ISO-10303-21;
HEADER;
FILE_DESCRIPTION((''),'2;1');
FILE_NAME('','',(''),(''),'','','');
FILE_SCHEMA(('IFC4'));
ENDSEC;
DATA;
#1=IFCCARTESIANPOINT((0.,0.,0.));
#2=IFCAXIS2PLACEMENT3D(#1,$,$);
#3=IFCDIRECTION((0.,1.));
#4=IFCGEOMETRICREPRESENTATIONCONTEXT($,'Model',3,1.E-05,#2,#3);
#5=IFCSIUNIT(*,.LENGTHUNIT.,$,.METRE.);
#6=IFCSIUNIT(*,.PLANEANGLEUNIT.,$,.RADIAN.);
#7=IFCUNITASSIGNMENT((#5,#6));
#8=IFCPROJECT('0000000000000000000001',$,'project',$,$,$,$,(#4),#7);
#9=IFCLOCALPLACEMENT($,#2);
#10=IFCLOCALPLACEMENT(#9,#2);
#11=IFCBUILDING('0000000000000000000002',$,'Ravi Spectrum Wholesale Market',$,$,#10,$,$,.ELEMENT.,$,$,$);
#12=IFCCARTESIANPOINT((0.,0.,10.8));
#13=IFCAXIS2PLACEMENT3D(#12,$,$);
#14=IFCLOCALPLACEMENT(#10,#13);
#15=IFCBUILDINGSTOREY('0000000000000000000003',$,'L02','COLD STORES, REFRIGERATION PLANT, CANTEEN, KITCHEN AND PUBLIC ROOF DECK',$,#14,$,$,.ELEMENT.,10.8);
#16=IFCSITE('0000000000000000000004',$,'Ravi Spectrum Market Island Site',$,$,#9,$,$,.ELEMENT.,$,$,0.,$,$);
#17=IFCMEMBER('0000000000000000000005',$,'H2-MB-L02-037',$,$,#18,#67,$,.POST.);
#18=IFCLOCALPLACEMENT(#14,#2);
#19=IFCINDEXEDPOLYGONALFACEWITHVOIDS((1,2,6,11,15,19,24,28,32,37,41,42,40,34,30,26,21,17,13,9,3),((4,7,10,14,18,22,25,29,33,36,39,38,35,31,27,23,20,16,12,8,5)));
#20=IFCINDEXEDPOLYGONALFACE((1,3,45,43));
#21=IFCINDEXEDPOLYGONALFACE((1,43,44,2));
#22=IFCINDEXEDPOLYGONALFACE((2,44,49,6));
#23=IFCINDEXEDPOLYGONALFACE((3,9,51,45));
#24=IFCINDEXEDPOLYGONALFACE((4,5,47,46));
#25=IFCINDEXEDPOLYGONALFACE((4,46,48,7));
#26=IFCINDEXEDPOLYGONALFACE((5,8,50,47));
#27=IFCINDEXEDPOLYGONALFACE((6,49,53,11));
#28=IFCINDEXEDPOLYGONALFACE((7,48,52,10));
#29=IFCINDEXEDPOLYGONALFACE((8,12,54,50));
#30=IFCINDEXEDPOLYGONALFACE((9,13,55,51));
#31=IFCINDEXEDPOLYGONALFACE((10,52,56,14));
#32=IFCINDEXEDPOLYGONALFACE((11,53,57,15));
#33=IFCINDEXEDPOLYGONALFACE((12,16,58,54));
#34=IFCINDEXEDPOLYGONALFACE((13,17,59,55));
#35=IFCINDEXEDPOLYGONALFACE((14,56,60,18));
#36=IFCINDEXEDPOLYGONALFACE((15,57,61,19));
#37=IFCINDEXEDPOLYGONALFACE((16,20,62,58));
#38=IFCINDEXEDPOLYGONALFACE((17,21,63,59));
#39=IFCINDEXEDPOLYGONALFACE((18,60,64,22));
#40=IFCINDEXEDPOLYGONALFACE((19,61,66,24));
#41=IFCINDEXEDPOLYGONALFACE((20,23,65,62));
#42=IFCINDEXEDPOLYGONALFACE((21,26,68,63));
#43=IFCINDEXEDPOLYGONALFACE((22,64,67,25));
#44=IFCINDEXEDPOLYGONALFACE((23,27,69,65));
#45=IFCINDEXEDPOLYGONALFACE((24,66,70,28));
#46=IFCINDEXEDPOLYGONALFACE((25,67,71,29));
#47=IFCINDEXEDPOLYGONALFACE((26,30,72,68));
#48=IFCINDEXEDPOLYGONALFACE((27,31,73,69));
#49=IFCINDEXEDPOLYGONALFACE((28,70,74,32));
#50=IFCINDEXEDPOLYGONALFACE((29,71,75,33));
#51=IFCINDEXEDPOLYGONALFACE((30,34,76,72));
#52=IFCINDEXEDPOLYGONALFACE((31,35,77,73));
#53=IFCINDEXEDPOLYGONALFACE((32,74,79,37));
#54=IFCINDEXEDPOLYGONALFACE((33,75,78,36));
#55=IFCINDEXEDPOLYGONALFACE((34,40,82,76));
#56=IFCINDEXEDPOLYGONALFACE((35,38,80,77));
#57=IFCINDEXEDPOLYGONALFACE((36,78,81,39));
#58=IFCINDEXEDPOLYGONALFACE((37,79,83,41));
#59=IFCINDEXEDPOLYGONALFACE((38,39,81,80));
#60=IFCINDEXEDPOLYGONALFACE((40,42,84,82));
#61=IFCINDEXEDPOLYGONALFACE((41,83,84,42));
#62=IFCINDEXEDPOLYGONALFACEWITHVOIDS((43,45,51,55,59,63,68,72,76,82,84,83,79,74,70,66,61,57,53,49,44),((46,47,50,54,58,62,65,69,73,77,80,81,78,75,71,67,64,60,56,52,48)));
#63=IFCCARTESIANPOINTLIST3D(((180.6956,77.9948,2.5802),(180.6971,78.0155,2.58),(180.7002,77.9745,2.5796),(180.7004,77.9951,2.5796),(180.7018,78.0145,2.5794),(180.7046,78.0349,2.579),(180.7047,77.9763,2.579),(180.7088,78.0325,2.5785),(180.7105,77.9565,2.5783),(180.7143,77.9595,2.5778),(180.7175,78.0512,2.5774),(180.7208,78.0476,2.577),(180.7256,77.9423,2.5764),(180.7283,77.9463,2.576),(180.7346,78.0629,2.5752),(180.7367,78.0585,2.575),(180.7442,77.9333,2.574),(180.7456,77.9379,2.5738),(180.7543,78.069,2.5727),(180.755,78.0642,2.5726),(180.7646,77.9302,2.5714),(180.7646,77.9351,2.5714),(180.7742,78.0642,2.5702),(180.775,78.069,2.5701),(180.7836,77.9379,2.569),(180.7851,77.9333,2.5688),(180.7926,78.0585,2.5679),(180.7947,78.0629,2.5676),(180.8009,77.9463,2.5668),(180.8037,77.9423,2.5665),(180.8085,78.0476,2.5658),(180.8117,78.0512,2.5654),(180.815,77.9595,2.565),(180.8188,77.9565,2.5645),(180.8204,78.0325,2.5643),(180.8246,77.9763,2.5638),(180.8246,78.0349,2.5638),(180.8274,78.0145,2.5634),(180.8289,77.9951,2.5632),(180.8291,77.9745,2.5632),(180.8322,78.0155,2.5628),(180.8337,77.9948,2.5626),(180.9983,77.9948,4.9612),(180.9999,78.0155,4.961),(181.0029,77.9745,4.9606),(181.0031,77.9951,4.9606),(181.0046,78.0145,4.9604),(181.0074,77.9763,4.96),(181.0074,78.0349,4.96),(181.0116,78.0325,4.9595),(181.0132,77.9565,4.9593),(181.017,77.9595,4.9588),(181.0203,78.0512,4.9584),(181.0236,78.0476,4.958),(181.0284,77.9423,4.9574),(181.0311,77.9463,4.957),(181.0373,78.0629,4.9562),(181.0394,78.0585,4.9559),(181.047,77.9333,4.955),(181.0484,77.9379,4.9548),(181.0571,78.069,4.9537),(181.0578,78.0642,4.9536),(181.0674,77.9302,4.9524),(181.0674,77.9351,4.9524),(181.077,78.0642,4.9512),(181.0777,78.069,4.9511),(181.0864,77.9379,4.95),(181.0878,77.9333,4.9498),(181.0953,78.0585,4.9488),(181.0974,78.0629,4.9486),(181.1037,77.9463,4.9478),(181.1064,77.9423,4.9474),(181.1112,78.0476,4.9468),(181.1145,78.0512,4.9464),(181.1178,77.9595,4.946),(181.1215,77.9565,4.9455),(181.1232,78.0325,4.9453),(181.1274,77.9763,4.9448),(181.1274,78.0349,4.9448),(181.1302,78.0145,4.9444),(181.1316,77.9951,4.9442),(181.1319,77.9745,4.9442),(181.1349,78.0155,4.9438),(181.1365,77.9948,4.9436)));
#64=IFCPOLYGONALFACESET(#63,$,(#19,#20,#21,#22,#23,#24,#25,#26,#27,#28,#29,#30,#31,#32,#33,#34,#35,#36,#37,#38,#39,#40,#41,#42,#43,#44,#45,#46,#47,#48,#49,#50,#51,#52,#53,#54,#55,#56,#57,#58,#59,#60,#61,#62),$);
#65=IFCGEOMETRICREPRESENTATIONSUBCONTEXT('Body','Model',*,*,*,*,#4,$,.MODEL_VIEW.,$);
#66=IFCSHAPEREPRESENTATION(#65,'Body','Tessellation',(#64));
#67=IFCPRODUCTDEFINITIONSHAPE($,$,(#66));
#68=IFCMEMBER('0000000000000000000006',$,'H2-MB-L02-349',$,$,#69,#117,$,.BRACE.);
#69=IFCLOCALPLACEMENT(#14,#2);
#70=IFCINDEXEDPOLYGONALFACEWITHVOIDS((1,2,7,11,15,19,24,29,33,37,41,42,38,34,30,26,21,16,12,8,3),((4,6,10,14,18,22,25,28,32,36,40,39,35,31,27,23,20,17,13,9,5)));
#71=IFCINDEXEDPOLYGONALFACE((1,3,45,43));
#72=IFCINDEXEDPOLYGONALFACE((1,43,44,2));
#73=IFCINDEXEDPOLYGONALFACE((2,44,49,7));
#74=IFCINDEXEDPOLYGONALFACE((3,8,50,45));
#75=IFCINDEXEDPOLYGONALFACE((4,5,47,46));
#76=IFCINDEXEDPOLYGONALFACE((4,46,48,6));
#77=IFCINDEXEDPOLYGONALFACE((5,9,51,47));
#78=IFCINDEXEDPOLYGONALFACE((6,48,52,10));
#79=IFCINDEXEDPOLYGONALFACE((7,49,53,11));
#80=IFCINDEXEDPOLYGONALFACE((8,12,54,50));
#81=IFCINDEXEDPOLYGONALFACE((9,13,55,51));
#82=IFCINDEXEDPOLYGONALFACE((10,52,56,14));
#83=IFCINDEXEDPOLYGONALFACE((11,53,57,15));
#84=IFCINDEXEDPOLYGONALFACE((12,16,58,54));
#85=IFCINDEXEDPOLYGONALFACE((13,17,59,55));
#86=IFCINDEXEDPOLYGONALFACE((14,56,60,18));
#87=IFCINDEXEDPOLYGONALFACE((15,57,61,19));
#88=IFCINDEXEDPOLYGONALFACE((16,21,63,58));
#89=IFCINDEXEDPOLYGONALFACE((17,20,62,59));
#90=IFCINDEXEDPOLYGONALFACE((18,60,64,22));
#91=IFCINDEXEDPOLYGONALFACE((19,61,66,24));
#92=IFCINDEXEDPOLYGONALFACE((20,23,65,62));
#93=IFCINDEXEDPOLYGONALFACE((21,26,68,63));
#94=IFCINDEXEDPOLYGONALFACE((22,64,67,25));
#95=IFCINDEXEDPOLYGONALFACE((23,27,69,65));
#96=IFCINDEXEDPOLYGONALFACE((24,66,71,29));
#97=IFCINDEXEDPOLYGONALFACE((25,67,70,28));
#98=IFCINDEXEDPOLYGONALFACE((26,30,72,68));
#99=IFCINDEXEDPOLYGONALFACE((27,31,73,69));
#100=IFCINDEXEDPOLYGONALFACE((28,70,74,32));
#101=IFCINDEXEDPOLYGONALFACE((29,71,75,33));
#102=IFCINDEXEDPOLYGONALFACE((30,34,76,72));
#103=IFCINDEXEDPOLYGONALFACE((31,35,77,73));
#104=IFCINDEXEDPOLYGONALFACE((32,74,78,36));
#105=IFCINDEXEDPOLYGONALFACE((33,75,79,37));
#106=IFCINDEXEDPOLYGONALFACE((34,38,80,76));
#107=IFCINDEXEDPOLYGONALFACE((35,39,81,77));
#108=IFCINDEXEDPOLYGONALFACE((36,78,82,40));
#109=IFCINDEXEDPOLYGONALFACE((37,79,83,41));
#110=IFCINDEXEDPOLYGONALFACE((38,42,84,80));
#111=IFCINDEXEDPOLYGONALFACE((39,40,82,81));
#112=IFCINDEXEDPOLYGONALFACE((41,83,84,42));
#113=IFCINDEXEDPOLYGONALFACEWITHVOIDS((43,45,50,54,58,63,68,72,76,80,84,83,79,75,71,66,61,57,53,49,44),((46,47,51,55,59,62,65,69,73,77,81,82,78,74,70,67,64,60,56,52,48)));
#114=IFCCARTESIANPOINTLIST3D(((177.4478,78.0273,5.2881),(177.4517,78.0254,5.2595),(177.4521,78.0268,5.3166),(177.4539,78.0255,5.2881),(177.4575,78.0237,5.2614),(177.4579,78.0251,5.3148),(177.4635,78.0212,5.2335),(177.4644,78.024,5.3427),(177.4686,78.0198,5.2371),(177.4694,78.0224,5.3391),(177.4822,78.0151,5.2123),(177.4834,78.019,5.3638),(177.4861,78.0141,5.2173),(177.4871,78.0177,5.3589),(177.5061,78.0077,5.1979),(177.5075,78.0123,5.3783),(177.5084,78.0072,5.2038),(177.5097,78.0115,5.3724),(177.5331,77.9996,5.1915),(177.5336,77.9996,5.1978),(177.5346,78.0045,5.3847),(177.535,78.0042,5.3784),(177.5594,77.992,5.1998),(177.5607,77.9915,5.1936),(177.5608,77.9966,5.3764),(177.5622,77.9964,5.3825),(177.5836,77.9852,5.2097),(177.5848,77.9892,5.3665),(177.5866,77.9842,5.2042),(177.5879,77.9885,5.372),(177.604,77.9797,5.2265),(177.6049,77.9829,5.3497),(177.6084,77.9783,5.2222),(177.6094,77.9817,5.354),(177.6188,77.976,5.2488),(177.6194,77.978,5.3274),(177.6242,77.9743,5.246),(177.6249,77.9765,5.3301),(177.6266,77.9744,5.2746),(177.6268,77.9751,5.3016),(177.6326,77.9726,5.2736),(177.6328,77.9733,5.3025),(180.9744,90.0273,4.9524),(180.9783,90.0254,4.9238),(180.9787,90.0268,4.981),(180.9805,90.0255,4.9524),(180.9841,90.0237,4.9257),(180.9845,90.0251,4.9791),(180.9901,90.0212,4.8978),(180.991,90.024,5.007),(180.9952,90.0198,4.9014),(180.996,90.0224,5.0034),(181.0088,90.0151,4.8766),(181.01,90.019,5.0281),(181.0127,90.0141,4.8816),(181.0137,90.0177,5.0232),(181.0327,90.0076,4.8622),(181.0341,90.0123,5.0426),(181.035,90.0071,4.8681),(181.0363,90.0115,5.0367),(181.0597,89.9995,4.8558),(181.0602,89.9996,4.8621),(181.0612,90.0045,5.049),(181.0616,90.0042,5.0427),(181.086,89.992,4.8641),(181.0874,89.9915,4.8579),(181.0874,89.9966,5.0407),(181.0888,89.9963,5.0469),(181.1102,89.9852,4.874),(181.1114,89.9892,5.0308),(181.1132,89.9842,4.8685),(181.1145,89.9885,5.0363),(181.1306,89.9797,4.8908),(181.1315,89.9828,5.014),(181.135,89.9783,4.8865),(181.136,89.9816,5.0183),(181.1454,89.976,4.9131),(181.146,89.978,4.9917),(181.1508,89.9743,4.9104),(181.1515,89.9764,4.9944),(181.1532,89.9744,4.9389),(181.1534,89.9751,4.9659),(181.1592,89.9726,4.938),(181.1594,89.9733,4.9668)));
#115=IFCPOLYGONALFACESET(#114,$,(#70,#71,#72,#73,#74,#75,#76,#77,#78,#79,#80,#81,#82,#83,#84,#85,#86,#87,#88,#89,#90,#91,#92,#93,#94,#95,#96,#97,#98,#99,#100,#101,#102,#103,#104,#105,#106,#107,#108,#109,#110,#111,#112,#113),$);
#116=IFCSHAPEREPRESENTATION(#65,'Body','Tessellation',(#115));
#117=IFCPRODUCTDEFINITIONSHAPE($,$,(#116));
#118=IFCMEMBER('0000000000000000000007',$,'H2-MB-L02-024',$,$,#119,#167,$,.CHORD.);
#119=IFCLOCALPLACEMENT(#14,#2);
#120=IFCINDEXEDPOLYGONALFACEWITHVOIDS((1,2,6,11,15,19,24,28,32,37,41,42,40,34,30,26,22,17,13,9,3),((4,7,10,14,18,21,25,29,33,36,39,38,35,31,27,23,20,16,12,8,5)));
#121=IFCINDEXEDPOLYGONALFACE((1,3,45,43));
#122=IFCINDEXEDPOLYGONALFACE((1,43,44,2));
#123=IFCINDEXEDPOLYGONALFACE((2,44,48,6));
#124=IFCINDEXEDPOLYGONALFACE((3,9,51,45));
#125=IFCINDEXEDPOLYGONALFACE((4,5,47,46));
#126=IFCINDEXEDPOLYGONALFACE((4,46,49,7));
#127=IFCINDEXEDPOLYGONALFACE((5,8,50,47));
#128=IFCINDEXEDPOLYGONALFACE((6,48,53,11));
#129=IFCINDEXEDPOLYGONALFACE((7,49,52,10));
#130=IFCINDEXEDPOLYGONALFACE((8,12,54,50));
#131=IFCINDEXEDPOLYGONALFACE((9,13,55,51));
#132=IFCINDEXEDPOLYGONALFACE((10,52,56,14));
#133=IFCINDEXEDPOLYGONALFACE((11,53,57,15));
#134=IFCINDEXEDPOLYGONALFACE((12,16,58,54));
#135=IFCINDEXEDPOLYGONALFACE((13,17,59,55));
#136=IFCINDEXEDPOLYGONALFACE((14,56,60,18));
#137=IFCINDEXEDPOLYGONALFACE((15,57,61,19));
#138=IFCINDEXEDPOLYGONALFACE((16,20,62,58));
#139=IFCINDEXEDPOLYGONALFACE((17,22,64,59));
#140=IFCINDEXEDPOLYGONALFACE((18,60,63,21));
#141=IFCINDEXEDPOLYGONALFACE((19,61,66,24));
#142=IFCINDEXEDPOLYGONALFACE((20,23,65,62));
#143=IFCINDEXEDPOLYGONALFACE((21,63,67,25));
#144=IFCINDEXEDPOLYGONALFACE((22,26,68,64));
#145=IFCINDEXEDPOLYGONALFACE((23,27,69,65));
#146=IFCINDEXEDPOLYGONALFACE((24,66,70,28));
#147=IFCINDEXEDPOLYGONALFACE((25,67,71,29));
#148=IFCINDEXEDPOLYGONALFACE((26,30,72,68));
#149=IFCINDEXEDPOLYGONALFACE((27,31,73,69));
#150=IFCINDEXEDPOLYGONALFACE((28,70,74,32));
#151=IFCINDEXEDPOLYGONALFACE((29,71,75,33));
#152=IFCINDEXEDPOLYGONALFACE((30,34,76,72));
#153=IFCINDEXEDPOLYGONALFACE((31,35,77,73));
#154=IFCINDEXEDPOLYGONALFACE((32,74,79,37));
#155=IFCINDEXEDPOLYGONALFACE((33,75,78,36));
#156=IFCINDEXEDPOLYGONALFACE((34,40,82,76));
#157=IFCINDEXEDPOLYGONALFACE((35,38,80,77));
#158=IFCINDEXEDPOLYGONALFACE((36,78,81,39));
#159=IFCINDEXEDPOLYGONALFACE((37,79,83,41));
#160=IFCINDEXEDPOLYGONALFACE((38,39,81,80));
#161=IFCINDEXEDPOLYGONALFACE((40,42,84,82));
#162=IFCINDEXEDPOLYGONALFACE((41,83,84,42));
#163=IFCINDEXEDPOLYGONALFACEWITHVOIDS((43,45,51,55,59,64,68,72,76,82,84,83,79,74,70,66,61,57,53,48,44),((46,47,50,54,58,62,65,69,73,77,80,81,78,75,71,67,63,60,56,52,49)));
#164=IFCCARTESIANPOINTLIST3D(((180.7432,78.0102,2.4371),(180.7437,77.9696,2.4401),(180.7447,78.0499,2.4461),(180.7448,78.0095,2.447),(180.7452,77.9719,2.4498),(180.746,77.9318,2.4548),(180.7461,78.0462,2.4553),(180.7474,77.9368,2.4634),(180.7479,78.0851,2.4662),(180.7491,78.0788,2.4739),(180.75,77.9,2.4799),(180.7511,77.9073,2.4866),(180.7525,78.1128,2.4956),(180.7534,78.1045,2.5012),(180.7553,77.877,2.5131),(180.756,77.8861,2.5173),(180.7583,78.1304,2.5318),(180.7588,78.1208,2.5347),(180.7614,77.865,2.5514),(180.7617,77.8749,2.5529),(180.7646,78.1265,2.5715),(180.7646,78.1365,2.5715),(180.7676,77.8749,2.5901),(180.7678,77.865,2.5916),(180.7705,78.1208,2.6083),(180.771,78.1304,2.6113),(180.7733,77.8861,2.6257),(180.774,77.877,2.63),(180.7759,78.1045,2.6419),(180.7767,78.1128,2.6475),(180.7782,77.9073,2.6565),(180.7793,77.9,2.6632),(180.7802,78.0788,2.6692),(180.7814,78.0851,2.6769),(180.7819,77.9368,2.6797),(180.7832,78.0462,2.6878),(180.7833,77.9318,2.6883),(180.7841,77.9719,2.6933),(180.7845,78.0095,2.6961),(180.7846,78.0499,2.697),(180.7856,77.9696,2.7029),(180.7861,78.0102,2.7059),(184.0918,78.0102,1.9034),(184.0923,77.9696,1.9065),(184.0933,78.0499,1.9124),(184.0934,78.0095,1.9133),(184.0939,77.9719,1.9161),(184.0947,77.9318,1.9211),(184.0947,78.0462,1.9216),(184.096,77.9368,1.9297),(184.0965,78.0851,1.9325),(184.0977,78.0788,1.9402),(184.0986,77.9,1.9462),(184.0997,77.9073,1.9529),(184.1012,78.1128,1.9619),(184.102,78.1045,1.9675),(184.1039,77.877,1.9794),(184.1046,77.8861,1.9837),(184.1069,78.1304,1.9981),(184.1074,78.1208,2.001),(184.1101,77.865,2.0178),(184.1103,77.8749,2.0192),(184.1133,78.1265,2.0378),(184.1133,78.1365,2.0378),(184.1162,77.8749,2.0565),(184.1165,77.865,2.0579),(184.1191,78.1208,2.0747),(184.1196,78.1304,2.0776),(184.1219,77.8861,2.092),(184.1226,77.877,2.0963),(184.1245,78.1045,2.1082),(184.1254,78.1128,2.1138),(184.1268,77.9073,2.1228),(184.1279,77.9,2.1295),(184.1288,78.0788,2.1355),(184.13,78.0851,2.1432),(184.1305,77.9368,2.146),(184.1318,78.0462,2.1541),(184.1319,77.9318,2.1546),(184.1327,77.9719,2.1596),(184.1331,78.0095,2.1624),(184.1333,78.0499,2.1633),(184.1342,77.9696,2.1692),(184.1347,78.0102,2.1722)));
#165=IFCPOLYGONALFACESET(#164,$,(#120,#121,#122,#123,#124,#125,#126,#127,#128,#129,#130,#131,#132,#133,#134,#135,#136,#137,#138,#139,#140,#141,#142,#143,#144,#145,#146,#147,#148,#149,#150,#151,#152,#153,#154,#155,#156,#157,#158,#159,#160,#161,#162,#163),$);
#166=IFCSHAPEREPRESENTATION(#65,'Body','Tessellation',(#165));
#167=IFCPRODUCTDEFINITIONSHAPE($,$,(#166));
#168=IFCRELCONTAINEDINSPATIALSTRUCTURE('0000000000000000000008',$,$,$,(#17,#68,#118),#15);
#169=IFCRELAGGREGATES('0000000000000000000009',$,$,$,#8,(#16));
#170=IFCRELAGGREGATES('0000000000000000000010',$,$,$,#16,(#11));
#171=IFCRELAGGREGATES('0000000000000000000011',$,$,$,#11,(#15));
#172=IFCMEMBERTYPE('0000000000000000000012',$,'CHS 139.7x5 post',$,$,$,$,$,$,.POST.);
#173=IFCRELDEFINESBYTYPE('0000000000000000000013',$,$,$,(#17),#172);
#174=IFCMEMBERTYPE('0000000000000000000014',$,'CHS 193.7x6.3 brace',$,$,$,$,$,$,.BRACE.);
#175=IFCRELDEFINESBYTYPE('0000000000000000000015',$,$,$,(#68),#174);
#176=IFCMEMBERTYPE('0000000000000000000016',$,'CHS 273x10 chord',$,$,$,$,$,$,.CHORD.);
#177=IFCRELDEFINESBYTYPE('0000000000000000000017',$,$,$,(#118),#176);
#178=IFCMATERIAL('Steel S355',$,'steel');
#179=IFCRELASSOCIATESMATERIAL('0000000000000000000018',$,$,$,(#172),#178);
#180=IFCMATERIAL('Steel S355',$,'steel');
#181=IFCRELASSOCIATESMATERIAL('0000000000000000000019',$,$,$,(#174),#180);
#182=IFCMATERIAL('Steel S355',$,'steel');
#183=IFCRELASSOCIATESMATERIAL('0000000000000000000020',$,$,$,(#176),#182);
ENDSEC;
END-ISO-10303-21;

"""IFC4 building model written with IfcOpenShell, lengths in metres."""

from ifc_helpers import new_model, si_unit, direction, frame, origin, origin_2d, place, context, subcontext, project, spatial, hollow_circle, extrude, material, material_profile, profile_set, type_object, element, save


model = new_model("IFC4")

# Units and contexts
model_context = context("Model", 3, precision=1e-05, world=origin(), true_north=direction((0.0, 1.0)))
body_context = subcontext(model_context, "Body", "Model", "MODEL_VIEW")
ifc_project = project(units=[si_unit("LENGTHUNIT", "METRE"), si_unit("PLANEANGLEUNIT", "RADIAN")], contexts=[model_context])

# Site, building, storey
site_placement = place(None, origin())
site = spatial("IfcSite", under=ifc_project, at=site_placement, Name="Ravi Spectrum Market Island Site", CompositionType="ELEMENT", RefElevation=0.0)
building_placement = place(site_placement, origin())
building = spatial("IfcBuilding", under=site, at=building_placement, Name="Ravi Spectrum Wholesale Market", CompositionType="ELEMENT")
storey_placement = place(building_placement, frame((0.0, 0.0, 10.8)))
storey = spatial("IfcBuildingStorey", under=building, at=storey_placement, Name="L02", Description="COLD STORES, REFRIGERATION PLANT, CANTEEN, KITCHEN AND PUBLIC ROOF DECK", CompositionType="ELEMENT", Elevation=10.8)

# Members
ifc_material_1 = material(Name="Steel S355", Category="steel")
ifc_material_profile_1 = material_profile(ifc_material_1, hollow_circle(Radius=0.0698, WallThickness=0.0049, at=origin_2d()))
ifc_profile_set_1 = profile_set([ifc_material_profile_1], Name="Steel S355")
member_type_1 = type_object("IfcMemberType", Name="CHS 139.7x5 post", PredefinedType="POST", material=ifc_profile_set_1)
for number, where, z_axis, x_axis, name in (
    (1, (181.0674, 78.0, 4.9524), (-0.126138, 0.0, -0.992013), (0.0, -1.0, 0.0), "H2-MB-L02-037"),
):
    element("IfcMember", number, at=place(storey_placement, frame(where, z_axis=z_axis, x_axis=x_axis)), inside=storey, type_object=member_type_1, Name=name, PredefinedType="POST", context=body_context, shape_type="SweptSolid", body=[
        extrude(hollow_circle(Radius=0.0698, WallThickness=0.0049, at=origin_2d()), origin(), (0.0, 0.0, 1.0), 2.4001),
    ])
ifc_material_2 = material(Name="Steel S355", Category="steel")
ifc_material_profile_2 = material_profile(ifc_material_2, hollow_circle(Radius=0.0969, WallThickness=0.0063, at=origin_2d()))
ifc_profile_set_2 = profile_set([ifc_material_profile_2], Name="Steel S355")
member_type_2 = type_object("IfcMemberType", Name="CHS 193.7x6.3 brace", PredefinedType="BRACE", material=ifc_profile_set_2)
member_1_placement = place(storey_placement, frame((177.5408, 78.0, 5.2881), z_axis=(0.281859, 0.959081, -0.02683), x_axis=(-0.959426, 0.28196, 0.0)))
element("IfcMember", 2, at=member_1_placement, inside=storey, type_object=member_type_2, Name="H2-MB-L02-349", PredefinedType="BRACE", context=body_context, shape_type="SweptSolid", body=[
    extrude(hollow_circle(Radius=0.0969, WallThickness=0.0063, at=origin_2d()), origin(), (0.0, 0.0, 1.0), 12.512),
])
ifc_material_3 = material(Name="Steel S355", Category="steel")
ifc_material_profile_3 = material_profile(ifc_material_3, hollow_circle(Radius=0.1365, WallThickness=0.01, at=origin_2d()))
ifc_profile_set_3 = profile_set([ifc_material_profile_3], Name="Steel S355")
member_type_3 = type_object("IfcMemberType", Name="CHS 273x10 chord", PredefinedType="CHORD", material=ifc_profile_set_3)
member_2_placement = place(storey_placement, frame((180.7646, 78.0, 2.5715), z_axis=(0.987537, 0.0, -0.15739), x_axis=(0.0, 1.0, 0.0)))
element("IfcMember", 3, at=member_2_placement, inside=storey, type_object=member_type_3, Name="H2-MB-L02-024", PredefinedType="CHORD", context=body_context, shape_type="SweptSolid", body=[
    extrude(hollow_circle(Radius=0.1365, WallThickness=0.01, at=origin_2d()), origin(), (0.0, 0.0, 1.0), 3.3909),
])

save(model, "model.ifc")
